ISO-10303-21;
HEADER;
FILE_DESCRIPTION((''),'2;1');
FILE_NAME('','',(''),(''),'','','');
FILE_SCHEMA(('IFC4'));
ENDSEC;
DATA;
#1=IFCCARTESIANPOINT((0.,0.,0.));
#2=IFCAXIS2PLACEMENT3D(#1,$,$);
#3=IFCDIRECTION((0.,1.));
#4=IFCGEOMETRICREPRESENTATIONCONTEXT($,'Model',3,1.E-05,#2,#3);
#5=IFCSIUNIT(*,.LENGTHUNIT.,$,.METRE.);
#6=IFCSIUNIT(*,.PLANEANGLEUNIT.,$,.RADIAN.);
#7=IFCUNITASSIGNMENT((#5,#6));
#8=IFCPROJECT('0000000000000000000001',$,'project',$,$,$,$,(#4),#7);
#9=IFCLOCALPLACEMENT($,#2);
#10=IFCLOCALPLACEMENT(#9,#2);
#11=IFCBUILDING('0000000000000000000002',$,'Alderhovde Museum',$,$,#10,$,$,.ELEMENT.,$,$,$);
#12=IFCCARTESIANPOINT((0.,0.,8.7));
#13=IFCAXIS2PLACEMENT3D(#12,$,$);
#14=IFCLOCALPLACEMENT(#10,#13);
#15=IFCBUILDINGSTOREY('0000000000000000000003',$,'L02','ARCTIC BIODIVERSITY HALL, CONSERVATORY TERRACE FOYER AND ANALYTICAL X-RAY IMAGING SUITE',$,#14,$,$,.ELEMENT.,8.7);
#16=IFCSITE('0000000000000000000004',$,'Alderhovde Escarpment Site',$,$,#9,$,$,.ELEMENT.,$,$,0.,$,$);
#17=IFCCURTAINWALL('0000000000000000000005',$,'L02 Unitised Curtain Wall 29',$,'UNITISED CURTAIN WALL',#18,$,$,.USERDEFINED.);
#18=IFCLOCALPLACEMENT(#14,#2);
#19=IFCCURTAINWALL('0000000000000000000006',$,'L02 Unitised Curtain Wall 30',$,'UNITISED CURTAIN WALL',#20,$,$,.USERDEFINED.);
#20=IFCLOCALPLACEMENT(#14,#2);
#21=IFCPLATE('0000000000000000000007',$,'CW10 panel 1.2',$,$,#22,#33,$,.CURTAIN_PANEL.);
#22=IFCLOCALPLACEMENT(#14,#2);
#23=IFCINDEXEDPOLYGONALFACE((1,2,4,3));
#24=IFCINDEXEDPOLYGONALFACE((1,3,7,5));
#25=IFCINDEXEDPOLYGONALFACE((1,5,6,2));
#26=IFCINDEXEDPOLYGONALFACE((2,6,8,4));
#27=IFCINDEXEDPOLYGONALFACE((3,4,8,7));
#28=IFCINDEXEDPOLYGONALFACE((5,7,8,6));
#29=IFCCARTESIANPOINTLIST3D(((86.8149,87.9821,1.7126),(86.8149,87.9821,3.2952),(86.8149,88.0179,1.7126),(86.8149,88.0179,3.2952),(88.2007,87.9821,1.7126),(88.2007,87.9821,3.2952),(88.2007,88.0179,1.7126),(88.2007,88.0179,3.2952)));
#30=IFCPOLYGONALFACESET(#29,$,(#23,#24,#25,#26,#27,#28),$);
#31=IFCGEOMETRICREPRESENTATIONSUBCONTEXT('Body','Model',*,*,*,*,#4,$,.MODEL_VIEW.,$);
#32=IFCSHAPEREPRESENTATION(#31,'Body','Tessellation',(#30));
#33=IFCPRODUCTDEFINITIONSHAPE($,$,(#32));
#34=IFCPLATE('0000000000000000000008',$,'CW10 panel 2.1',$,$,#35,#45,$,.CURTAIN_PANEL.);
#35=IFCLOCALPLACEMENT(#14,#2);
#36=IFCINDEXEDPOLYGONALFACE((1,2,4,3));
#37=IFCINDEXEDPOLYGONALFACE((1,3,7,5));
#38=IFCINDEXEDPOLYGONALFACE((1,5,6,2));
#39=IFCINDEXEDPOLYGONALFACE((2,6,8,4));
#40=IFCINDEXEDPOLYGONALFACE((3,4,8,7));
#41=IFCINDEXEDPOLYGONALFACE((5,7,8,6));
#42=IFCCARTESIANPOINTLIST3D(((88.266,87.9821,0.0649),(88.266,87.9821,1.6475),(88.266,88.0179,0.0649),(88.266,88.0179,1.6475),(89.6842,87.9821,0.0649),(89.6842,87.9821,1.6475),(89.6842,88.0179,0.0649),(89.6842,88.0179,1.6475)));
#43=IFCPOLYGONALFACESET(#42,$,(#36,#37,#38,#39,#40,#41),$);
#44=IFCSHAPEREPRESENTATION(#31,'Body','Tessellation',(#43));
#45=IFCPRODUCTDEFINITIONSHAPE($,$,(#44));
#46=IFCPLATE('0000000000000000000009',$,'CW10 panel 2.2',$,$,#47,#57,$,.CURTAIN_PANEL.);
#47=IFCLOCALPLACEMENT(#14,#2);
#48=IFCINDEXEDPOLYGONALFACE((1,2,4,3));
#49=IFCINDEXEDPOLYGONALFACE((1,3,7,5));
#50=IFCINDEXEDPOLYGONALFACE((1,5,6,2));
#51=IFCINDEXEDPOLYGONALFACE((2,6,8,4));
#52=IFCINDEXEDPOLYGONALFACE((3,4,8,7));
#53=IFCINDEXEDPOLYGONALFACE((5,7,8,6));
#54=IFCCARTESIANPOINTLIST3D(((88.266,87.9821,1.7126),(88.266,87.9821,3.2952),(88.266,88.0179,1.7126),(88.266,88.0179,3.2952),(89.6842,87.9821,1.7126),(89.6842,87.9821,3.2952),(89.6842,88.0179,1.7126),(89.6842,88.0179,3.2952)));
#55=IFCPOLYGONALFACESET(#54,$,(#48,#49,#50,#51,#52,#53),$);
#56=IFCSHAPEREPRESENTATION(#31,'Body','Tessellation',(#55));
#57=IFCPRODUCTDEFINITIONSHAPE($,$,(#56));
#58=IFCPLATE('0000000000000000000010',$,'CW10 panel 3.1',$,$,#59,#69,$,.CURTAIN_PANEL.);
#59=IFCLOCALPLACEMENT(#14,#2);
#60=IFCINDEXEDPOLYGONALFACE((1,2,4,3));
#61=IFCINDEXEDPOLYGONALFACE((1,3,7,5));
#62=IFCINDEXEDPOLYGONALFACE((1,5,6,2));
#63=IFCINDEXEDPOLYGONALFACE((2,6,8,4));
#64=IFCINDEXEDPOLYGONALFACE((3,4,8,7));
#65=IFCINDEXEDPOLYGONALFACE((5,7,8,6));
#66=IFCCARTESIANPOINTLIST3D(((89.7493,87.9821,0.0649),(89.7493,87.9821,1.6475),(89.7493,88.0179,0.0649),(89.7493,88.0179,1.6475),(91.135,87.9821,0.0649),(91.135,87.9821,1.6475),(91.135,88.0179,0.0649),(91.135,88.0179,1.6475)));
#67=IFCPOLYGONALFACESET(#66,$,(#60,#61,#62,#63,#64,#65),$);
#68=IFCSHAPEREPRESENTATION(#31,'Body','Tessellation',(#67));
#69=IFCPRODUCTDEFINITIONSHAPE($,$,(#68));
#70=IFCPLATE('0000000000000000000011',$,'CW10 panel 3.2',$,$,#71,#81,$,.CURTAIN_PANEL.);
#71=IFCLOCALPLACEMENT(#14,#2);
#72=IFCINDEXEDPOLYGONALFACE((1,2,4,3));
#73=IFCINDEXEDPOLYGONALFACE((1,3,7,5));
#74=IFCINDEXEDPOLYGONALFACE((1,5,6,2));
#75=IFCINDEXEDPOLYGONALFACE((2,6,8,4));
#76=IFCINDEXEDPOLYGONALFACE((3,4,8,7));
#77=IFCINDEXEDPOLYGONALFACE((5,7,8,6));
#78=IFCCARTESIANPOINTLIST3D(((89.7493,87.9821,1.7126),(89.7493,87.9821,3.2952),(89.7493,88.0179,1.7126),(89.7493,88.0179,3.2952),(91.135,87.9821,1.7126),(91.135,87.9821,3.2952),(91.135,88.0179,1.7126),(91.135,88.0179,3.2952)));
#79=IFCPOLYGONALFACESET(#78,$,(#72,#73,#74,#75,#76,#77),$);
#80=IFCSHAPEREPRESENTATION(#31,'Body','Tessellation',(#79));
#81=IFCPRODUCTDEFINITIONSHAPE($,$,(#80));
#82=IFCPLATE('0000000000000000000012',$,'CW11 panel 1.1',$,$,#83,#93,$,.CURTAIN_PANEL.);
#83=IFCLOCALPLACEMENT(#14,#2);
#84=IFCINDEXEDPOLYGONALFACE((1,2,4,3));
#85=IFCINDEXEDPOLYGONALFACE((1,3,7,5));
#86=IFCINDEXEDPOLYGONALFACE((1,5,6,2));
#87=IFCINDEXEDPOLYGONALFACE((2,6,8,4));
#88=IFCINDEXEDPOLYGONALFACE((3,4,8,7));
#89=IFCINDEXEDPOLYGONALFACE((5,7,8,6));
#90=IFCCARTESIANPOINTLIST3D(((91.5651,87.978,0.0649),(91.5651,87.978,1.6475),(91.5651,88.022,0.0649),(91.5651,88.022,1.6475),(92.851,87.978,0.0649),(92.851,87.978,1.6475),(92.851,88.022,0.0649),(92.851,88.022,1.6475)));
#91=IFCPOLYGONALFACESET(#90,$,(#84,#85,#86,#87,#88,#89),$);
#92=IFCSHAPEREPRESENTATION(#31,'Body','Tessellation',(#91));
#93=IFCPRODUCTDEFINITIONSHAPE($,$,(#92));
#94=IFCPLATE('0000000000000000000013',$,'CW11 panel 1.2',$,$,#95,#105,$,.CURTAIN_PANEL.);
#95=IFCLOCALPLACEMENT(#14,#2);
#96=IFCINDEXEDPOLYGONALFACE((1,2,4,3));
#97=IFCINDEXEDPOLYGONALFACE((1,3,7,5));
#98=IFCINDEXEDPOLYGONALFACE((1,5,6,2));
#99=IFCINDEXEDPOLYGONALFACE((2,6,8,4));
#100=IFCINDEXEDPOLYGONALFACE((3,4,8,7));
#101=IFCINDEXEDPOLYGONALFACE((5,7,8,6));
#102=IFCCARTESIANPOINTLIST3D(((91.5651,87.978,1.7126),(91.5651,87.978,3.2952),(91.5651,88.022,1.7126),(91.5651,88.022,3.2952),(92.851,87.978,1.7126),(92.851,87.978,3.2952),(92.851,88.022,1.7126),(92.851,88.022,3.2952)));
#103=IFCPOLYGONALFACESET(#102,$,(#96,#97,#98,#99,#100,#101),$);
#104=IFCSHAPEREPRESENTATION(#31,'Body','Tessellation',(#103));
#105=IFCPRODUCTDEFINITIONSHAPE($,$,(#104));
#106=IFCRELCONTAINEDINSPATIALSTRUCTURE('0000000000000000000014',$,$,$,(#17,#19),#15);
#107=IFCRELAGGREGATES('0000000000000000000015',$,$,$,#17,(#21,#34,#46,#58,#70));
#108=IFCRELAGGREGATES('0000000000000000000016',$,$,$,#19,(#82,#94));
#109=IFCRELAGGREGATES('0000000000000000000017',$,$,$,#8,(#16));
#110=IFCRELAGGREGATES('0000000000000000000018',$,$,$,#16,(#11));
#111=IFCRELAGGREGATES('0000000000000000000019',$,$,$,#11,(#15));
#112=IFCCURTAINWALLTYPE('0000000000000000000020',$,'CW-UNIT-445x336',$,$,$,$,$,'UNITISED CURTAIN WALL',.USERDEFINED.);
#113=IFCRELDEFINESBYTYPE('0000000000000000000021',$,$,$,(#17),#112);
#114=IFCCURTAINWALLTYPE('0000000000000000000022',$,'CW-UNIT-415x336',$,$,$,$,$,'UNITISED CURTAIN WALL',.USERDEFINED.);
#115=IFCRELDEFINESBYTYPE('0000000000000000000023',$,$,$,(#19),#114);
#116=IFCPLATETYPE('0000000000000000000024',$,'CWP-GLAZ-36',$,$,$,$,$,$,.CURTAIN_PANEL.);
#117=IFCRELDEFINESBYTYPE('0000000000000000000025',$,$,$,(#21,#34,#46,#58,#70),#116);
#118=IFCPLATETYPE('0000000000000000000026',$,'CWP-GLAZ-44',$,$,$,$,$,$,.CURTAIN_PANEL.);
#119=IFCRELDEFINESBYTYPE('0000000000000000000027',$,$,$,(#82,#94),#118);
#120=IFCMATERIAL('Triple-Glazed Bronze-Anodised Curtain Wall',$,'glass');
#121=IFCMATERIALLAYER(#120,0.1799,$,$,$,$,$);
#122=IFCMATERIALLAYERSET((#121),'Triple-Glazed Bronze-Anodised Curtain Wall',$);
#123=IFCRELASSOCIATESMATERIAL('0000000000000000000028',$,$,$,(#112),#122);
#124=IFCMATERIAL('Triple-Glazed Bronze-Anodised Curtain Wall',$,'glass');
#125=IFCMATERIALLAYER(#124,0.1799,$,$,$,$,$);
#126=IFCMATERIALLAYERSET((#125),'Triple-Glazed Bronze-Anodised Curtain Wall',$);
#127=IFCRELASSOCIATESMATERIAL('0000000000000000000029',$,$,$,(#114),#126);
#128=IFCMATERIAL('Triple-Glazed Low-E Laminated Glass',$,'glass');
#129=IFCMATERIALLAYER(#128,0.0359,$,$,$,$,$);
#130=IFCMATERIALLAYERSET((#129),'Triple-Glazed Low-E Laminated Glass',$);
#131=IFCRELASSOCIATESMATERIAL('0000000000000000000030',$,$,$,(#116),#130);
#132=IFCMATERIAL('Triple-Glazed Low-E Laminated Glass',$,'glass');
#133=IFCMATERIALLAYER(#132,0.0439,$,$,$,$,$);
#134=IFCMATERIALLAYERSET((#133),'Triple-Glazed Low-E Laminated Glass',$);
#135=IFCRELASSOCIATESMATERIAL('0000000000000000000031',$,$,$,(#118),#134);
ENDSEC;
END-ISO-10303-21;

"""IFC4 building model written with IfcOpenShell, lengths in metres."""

from ifc_helpers import new_model, si_unit, direction, frame, origin, origin_2d, place, context, subcontext, project, spatial, rectangle, extrude, material, layer, layer_set, type_object, element, aggregate, save


model = new_model("IFC4")

# Units and contexts
model_context = context("Model", 3, precision=1e-05, world=origin(), true_north=direction((0.0, 1.0)))
body_context = subcontext(model_context, "Body", "Model", "MODEL_VIEW")
ifc_project = project(units=[si_unit("LENGTHUNIT", "METRE"), si_unit("PLANEANGLEUNIT", "RADIAN")], contexts=[model_context])

# Site, building, storey
site_placement = place(None, origin())
site = spatial("IfcSite", under=ifc_project, at=site_placement, Name="Alderhovde Escarpment Site", CompositionType="ELEMENT", RefElevation=0.0)
building_placement = place(site_placement, origin())
building = spatial("IfcBuilding", under=site, at=building_placement, Name="Alderhovde Museum", CompositionType="ELEMENT")
storey_placement = place(building_placement, frame((0.0, 0.0, 8.7)))
storey = spatial("IfcBuildingStorey", under=building, at=storey_placement, Name="L02", Description="ARCTIC BIODIVERSITY HALL, CONSERVATORY TERRACE FOYER AND ANALYTICAL X-RAY IMAGING SUITE", CompositionType="ELEMENT", Elevation=8.7)

# Curtain walls
ifc_material_1 = material(Name="Triple-Glazed Bronze-Anodised Curtain Wall", Category="glass")
ifc_layer_1 = layer(ifc_material_1, 0.1799)
ifc_layer_set_1 = layer_set([ifc_layer_1], Name="Triple-Glazed Bronze-Anodised Curtain Wall")
curtain_wall_type_1 = type_object("IfcCurtainWallType", Name="CW-UNIT-445x336", ElementType="UNITISED CURTAIN WALL", PredefinedType="USERDEFINED", material=ifc_layer_set_1)
curtain_wall_1_placement = place(storey_placement, origin())
curtain_wall_1 = element("IfcCurtainWall", 1, at=curtain_wall_1_placement, inside=storey, type_object=curtain_wall_type_1, Name="L02 Unitised Curtain Wall 29", ObjectType="UNITISED CURTAIN WALL", PredefinedType="USERDEFINED")
ifc_material_2 = material(Name="Triple-Glazed Bronze-Anodised Curtain Wall", Category="glass")
ifc_layer_2 = layer(ifc_material_2, 0.1799)
ifc_layer_set_2 = layer_set([ifc_layer_2], Name="Triple-Glazed Bronze-Anodised Curtain Wall")
curtain_wall_type_2 = type_object("IfcCurtainWallType", Name="CW-UNIT-415x336", ElementType="UNITISED CURTAIN WALL", PredefinedType="USERDEFINED", material=ifc_layer_set_2)
curtain_wall_2_placement = place(storey_placement, origin())
curtain_wall_2 = element("IfcCurtainWall", 2, at=curtain_wall_2_placement, inside=storey, type_object=curtain_wall_type_2, Name="L02 Unitised Curtain Wall 30", ObjectType="UNITISED CURTAIN WALL", PredefinedType="USERDEFINED")

# Plates
ifc_material_3 = material(Name="Triple-Glazed Low-E Laminated Glass", Category="glass")
ifc_layer_3 = layer(ifc_material_3, 0.0359)
ifc_layer_set_3 = layer_set([ifc_layer_3], Name="Triple-Glazed Low-E Laminated Glass")
plate_type_1 = type_object("IfcPlateType", Name="CWP-GLAZ-36", PredefinedType="CURTAIN_PANEL", material=ifc_layer_set_3)
plate_1_placement = place(storey_placement, frame((87.5078, 88.0, 1.7126), z_axis=(0.0, 0.0, 1.0), x_axis=(1.0, 0.0, 0.0)))
plate_1 = element("IfcPlate", 3, at=plate_1_placement, type_object=plate_type_1, Name="CW10 panel 1.2", PredefinedType="CURTAIN_PANEL", context=body_context, shape_type="SweptSolid", body=[
    extrude(rectangle(XDim=1.3857, YDim=0.0359, at=origin_2d()), origin(), (0.0, 0.0, 1.0), 1.5825),
])
plate_2_placement = place(storey_placement, frame((88.9751, 88.0, 0.0649), z_axis=(0.0, 0.0, 1.0), x_axis=(1.0, 0.0, 0.0)))
plate_2 = element("IfcPlate", 4, at=plate_2_placement, type_object=plate_type_1, Name="CW10 panel 2.1", PredefinedType="CURTAIN_PANEL", context=body_context, shape_type="SweptSolid", body=[
    extrude(rectangle(XDim=1.4182, YDim=0.0359, at=origin_2d()), origin(), (0.0, 0.0, 1.0), 1.5825),
])
plate_3_placement = place(storey_placement, frame((88.9751, 88.0, 1.7126), z_axis=(0.0, 0.0, 1.0), x_axis=(1.0, 0.0, 0.0)))
plate_3 = element("IfcPlate", 5, at=plate_3_placement, type_object=plate_type_1, Name="CW10 panel 2.2", PredefinedType="CURTAIN_PANEL", context=body_context, shape_type="SweptSolid", body=[
    extrude(rectangle(XDim=1.4182, YDim=0.0359, at=origin_2d()), origin(), (0.0, 0.0, 1.0), 1.5825),
])
plate_4_placement = place(storey_placement, frame((90.4421, 88.0, 0.0649), z_axis=(0.0, 0.0, 1.0), x_axis=(1.0, 0.0, 0.0)))
plate_4 = element("IfcPlate", 6, at=plate_4_placement, type_object=plate_type_1, Name="CW10 panel 3.1", PredefinedType="CURTAIN_PANEL", context=body_context, shape_type="SweptSolid", body=[
    extrude(rectangle(XDim=1.3857, YDim=0.0359, at=origin_2d()), origin(), (0.0, 0.0, 1.0), 1.5825),
])
plate_5_placement = place(storey_placement, frame((90.4421, 88.0, 1.7126), z_axis=(0.0, 0.0, 1.0), x_axis=(1.0, 0.0, 0.0)))
plate_5 = element("IfcPlate", 7, at=plate_5_placement, type_object=plate_type_1, Name="CW10 panel 3.2", PredefinedType="CURTAIN_PANEL", context=body_context, shape_type="SweptSolid", body=[
    extrude(rectangle(XDim=1.3857, YDim=0.0359, at=origin_2d()), origin(), (0.0, 0.0, 1.0), 1.5825),
])
aggregate(curtain_wall_1, [plate_1, plate_2, plate_3, plate_4, plate_5])
ifc_material_4 = material(Name="Triple-Glazed Low-E Laminated Glass", Category="glass")
ifc_layer_4 = layer(ifc_material_4, 0.0439)
ifc_layer_set_4 = layer_set([ifc_layer_4], Name="Triple-Glazed Low-E Laminated Glass")
plate_type_2 = type_object("IfcPlateType", Name="CWP-GLAZ-44", PredefinedType="CURTAIN_PANEL", material=ifc_layer_set_4)
plate_6_placement = place(storey_placement, frame((92.208, 88.0, 0.0649), z_axis=(0.0, 0.0, 1.0), x_axis=(1.0, 0.0, 0.0)))
plate_6 = element("IfcPlate", 8, at=plate_6_placement, type_object=plate_type_2, Name="CW11 panel 1.1", PredefinedType="CURTAIN_PANEL", context=body_context, shape_type="SweptSolid", body=[
    extrude(rectangle(XDim=1.2859, YDim=0.0439, at=origin_2d()), origin(), (0.0, 0.0, 1.0), 1.5825),
])
plate_7_placement = place(storey_placement, frame((92.208, 88.0, 1.7126), z_axis=(0.0, 0.0, 1.0), x_axis=(1.0, 0.0, 0.0)))
plate_7 = element("IfcPlate", 9, at=plate_7_placement, type_object=plate_type_2, Name="CW11 panel 1.2", PredefinedType="CURTAIN_PANEL", context=body_context, shape_type="SweptSolid", body=[
    extrude(rectangle(XDim=1.2859, YDim=0.0439, at=origin_2d()), origin(), (0.0, 0.0, 1.0), 1.5825),
])
aggregate(curtain_wall_2, [plate_6, plate_7])

save(model, "model.ifc")
